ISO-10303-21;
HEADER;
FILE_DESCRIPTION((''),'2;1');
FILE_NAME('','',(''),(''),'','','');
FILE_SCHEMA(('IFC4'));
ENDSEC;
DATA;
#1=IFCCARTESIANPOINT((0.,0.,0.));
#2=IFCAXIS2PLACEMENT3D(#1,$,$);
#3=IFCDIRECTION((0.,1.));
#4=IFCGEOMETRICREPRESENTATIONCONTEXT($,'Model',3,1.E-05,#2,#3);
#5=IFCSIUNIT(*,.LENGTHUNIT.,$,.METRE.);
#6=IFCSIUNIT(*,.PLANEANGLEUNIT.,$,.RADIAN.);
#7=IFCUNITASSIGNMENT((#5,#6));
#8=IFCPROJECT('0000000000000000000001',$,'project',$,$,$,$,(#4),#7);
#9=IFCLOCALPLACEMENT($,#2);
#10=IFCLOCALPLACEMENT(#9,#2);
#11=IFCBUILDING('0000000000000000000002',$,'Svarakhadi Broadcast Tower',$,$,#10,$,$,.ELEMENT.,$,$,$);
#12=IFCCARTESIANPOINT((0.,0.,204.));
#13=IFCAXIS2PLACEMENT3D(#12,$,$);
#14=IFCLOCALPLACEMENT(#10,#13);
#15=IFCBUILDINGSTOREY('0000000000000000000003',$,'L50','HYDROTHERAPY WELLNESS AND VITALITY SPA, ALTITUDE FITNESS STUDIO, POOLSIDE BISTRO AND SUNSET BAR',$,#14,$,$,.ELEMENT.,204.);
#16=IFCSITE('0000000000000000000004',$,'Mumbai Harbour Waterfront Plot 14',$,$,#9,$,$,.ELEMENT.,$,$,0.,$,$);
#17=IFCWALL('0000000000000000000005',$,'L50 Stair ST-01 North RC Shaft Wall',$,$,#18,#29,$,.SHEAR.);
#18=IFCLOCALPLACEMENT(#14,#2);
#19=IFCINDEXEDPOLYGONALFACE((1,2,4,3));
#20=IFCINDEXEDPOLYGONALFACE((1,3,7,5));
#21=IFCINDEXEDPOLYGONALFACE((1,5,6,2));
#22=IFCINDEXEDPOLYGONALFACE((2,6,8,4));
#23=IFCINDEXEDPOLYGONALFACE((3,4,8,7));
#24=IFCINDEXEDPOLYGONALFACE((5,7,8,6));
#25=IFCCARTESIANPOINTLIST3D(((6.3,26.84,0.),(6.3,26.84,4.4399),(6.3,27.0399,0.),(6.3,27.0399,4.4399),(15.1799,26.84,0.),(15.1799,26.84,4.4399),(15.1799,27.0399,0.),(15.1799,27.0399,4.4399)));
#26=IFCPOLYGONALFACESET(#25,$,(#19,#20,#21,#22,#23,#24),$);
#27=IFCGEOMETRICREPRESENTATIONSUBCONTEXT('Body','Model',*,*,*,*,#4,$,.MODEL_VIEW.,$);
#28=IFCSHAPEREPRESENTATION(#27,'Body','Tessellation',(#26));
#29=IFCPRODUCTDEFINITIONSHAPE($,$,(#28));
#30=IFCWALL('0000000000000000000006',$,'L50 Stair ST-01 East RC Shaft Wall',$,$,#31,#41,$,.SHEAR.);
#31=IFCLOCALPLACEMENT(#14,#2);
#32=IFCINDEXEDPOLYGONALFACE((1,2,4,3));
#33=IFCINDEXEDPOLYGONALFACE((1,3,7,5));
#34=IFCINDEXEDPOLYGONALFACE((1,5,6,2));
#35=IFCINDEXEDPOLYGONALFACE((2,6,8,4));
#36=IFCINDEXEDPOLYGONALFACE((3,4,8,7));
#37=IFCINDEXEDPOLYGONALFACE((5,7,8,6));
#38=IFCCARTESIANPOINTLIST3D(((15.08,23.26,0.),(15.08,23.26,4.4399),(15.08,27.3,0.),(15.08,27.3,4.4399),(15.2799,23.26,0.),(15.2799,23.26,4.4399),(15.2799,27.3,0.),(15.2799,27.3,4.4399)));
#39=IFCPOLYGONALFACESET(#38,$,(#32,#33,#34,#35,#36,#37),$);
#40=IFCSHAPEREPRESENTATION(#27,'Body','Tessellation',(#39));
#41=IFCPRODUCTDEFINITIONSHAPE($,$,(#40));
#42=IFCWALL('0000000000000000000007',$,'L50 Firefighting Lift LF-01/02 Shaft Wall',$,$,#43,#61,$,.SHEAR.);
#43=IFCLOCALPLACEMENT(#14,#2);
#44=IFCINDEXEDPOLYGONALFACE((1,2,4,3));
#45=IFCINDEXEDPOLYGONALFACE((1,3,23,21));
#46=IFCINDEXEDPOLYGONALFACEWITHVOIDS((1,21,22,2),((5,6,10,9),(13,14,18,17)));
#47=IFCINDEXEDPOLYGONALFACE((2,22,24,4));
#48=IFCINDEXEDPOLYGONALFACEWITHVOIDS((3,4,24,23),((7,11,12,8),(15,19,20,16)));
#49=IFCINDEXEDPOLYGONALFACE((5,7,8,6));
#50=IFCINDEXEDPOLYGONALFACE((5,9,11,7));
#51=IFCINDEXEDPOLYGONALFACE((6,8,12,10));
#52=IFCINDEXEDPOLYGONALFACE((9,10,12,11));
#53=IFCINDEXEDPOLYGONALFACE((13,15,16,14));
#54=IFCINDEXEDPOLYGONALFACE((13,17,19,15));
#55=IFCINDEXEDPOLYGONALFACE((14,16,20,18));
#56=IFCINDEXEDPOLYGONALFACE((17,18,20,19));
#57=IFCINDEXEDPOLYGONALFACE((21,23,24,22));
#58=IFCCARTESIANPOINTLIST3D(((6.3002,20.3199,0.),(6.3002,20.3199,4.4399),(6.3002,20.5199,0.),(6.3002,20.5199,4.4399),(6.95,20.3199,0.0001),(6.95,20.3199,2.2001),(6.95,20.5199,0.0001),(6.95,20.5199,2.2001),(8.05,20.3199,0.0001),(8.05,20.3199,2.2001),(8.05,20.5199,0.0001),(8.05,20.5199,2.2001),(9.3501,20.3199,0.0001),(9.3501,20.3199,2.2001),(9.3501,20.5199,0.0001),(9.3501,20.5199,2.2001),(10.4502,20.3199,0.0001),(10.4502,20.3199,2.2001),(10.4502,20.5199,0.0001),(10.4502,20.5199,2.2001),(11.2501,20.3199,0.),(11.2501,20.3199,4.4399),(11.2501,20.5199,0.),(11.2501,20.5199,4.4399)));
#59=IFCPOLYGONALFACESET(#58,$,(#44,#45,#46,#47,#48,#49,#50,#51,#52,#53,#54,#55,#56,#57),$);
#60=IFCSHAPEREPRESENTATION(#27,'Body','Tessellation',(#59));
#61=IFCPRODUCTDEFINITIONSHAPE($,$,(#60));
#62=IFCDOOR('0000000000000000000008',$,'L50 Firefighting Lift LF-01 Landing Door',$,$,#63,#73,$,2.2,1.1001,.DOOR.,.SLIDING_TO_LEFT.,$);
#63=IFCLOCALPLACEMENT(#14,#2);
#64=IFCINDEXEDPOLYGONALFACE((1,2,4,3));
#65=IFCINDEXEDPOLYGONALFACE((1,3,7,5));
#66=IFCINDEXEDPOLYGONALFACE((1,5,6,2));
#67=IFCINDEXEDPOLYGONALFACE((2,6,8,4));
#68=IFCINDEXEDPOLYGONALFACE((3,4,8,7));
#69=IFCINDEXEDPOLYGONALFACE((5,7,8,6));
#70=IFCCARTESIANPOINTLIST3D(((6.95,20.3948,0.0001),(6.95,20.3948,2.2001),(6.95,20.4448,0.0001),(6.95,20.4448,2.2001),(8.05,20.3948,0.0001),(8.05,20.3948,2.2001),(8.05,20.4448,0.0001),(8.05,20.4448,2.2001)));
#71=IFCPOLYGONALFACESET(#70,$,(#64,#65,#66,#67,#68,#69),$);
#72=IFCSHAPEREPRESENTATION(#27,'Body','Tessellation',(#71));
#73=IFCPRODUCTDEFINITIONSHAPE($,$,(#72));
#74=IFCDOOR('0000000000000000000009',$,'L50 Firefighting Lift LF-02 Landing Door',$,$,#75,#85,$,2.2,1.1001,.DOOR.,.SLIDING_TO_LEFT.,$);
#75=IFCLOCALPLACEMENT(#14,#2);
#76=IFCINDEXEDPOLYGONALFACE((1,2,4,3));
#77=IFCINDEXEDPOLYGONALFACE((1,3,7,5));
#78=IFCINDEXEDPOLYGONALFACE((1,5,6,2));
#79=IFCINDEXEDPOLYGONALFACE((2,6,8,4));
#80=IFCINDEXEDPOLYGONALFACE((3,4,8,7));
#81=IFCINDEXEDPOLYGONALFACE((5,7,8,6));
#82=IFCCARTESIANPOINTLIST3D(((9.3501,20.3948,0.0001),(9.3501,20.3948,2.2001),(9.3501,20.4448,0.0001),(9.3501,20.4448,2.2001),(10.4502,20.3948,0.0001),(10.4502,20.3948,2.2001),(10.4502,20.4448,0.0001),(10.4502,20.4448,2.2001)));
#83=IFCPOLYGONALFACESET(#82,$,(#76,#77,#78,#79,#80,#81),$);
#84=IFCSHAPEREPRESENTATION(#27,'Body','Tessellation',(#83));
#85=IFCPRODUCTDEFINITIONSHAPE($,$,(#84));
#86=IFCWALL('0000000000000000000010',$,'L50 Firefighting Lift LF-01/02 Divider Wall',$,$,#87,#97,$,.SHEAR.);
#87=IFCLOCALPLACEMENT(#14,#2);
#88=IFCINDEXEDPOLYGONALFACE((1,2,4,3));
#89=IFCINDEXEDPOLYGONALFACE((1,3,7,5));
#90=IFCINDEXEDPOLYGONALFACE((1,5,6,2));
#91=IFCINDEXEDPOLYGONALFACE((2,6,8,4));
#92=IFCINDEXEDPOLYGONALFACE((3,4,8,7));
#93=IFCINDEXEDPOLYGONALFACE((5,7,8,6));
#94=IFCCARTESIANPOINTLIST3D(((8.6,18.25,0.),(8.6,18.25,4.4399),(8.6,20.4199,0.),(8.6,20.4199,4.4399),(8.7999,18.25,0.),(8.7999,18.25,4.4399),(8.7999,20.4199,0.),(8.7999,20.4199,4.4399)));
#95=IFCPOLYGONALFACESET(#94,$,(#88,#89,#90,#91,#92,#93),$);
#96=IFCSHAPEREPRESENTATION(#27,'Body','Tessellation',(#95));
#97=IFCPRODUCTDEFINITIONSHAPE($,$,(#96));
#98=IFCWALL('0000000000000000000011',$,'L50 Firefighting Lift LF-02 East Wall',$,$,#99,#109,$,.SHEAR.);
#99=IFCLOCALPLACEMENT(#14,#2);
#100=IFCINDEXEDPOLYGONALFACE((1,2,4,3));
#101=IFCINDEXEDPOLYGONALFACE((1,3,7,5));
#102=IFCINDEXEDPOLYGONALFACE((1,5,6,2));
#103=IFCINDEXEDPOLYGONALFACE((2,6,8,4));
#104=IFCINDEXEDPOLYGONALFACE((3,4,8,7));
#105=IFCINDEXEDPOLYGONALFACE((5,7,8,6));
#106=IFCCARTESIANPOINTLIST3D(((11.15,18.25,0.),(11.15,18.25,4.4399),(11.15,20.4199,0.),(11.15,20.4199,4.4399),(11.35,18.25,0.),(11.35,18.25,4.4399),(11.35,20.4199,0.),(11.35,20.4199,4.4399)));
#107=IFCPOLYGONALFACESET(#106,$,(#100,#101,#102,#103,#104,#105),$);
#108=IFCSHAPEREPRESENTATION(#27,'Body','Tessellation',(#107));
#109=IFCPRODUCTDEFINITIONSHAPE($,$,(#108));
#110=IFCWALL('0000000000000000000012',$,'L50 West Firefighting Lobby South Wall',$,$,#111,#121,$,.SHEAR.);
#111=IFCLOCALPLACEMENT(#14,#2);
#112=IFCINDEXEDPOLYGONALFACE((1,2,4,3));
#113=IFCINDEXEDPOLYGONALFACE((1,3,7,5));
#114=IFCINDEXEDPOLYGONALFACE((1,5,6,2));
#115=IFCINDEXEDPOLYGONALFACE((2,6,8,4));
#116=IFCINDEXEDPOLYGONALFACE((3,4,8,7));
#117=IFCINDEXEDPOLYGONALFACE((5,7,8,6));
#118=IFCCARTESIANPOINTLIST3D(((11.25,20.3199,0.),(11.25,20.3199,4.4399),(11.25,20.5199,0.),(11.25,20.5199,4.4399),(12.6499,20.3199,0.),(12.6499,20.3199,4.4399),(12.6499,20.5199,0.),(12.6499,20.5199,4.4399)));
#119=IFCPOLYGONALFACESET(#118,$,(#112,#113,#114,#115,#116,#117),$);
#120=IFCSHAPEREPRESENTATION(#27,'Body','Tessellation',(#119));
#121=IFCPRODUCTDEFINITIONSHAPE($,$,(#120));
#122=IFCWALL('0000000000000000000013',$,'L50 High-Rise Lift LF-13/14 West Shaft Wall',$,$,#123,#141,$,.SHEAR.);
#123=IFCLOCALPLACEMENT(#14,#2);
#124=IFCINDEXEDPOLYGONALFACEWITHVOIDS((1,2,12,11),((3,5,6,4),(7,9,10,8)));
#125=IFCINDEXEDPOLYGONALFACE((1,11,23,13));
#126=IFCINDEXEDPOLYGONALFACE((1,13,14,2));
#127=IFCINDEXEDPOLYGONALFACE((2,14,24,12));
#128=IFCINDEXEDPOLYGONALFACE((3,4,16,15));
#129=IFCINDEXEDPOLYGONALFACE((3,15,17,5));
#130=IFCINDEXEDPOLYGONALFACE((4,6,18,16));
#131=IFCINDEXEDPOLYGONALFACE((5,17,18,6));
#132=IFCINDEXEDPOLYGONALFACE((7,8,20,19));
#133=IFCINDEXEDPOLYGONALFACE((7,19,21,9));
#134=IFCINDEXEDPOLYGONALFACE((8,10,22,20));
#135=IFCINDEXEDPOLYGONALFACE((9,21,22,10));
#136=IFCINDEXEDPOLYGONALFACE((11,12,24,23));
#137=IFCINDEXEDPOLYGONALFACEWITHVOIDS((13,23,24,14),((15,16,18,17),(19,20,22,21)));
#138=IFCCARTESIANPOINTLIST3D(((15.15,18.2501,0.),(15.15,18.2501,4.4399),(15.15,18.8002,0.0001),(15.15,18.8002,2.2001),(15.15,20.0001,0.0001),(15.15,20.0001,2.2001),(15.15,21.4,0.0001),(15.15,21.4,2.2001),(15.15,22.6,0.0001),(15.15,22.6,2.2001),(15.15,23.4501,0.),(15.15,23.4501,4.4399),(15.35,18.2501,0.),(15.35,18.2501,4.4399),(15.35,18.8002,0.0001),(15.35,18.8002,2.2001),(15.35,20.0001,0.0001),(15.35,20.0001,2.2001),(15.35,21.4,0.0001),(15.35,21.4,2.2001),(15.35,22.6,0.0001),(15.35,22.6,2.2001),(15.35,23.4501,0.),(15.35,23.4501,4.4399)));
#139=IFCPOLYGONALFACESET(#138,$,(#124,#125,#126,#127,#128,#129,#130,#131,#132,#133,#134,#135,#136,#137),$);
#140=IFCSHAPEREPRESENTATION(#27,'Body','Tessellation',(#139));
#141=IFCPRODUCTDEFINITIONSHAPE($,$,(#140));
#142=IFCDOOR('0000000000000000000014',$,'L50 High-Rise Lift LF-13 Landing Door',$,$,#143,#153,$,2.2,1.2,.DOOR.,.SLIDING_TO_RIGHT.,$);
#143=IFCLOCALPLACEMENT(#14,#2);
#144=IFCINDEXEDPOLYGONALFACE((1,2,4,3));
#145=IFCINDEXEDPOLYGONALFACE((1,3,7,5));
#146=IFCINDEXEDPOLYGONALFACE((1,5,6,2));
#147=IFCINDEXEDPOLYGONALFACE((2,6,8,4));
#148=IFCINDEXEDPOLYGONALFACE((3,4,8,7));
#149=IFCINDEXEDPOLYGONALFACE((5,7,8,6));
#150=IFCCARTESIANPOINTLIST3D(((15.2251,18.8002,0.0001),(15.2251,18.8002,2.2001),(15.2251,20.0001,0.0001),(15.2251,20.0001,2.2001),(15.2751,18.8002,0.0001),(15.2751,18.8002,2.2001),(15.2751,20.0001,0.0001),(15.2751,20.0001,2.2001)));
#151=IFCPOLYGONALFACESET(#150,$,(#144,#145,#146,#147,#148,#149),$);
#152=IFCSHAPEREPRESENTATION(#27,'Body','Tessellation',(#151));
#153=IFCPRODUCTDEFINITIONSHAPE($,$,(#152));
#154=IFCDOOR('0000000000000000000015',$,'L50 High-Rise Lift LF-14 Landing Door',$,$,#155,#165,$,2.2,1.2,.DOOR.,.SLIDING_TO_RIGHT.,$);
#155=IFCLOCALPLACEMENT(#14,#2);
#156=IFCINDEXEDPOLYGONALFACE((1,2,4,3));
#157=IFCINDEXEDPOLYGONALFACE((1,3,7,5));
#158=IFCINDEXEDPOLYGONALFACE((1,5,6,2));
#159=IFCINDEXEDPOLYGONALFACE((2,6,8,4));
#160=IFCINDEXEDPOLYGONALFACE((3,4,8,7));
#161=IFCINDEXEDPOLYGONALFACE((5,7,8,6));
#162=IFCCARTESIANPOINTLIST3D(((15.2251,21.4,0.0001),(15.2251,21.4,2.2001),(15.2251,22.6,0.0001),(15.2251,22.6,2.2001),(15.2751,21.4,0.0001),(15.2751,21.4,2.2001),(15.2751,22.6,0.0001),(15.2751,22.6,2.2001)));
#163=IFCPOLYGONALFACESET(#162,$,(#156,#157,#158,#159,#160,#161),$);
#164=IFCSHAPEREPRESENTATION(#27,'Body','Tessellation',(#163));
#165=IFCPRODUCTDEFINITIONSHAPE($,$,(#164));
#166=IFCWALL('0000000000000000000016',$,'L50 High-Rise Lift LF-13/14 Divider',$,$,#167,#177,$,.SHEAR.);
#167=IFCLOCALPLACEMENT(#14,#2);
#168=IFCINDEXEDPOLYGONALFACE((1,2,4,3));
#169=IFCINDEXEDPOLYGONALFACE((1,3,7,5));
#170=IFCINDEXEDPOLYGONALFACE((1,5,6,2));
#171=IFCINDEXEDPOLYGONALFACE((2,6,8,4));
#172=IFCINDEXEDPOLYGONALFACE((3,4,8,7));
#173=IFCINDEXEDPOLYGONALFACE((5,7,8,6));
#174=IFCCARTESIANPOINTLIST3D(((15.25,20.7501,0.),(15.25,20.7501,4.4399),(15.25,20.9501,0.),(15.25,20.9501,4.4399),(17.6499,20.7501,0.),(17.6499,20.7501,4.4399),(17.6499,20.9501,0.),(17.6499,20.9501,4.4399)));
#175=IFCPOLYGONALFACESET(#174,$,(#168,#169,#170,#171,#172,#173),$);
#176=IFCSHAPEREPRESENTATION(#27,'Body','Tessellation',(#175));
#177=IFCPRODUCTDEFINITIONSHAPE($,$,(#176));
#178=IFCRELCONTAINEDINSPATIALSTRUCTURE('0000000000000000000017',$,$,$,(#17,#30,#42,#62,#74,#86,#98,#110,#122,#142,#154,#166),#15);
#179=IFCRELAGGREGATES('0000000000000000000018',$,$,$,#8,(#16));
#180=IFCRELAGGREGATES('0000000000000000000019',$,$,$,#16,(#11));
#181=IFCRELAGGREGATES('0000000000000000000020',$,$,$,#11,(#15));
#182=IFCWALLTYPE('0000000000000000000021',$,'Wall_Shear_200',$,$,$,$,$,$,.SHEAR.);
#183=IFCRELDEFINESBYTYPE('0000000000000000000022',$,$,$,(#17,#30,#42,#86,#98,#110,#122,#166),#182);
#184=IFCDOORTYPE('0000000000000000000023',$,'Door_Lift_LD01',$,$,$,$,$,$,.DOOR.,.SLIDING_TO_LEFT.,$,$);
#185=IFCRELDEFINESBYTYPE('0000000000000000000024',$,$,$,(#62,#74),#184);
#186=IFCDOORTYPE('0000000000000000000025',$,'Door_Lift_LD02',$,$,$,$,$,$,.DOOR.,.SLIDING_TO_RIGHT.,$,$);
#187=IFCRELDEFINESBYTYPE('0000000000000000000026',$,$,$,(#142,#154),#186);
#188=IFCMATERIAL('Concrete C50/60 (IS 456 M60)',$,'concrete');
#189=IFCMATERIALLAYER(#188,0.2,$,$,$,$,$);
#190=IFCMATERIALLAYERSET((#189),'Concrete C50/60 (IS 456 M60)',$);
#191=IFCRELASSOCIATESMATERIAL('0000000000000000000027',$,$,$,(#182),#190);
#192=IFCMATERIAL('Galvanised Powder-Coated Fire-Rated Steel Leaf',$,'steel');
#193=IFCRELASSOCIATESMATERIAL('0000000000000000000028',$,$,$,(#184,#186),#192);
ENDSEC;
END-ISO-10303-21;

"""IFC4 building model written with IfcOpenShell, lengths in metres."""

from ifc_helpers import new_model, si_unit, direction, frame, frame_2d, origin, place, context, subcontext, project, spatial, rectangle, extrude, material, layer, layer_set, type_object, element, fill, save


model = new_model("IFC4")

# Units and contexts
model_context = context("Model", 3, precision=1e-05, world=origin(), true_north=direction((0.0, 1.0)))
body_context = subcontext(model_context, "Body", "Model", "MODEL_VIEW")
ifc_project = project(units=[si_unit("LENGTHUNIT", "METRE"), si_unit("PLANEANGLEUNIT", "RADIAN")], contexts=[model_context])

# Site, building, storey
site_placement = place(None, origin())
site = spatial("IfcSite", under=ifc_project, at=site_placement, Name="Mumbai Harbour Waterfront Plot 14", CompositionType="ELEMENT", RefElevation=0.0)
building_placement = place(site_placement, origin())
building = spatial("IfcBuilding", under=site, at=building_placement, Name="Svarakhadi Broadcast Tower", CompositionType="ELEMENT")
storey_placement = place(building_placement, frame((0.0, 0.0, 204.0)))
storey = spatial("IfcBuildingStorey", under=building, at=storey_placement, Name="L50", Description="HYDROTHERAPY WELLNESS AND VITALITY SPA, ALTITUDE FITNESS STUDIO, POOLSIDE BISTRO AND SUNSET BAR", CompositionType="ELEMENT", Elevation=204.0)

# Shared definitions
ifc_material_1 = material(Name="Concrete C50/60 (IS 456 M60)", Category="concrete")

# Shared definitions
ifc_layer_1 = layer(ifc_material_1, 0.2)
ifc_layer_set_1 = layer_set([ifc_layer_1], Name="Concrete C50/60 (IS 456 M60)")
wall_type_1 = type_object("IfcWallType", Name="Wall_Shear_200", PredefinedType="SHEAR", material=ifc_layer_set_1)
ifc_material_2 = material(Name="Galvanised Powder-Coated Fire-Rated Steel Leaf", Category="steel")

# Walls
wall_1_placement = place(storey_placement, frame((6.3, 26.9399, 0.0), z_axis=(0.0, 0.0, 1.0), x_axis=(1.0, 0.0, 0.0)))
element("IfcWall", 1, at=wall_1_placement, inside=storey, type_object=wall_type_1, Name="L50 Stair ST-01 North RC Shaft Wall", PredefinedType="SHEAR", context=body_context, shape_type="SweptSolid", body=[
    extrude(rectangle(XDim=8.8799, YDim=0.2, at=frame_2d((4.4399, 0.0))), origin(), (0.0, 0.0, 1.0), 4.4399),
])
wall_2_placement = place(storey_placement, frame((15.1799, 23.26, 0.0), z_axis=(0.0, 0.0, 1.0), x_axis=(0.0, 1.0, 0.0)))
element("IfcWall", 2, at=wall_2_placement, inside=storey, type_object=wall_type_1, Name="L50 Stair ST-01 East RC Shaft Wall", PredefinedType="SHEAR", context=body_context, shape_type="SweptSolid", body=[
    extrude(rectangle(XDim=4.04, YDim=0.2, at=frame_2d((2.02, 0.0))), origin(), (0.0, 0.0, 1.0), 4.4399),
])

# Wall, openings, doors
wall_3_placement = place(storey_placement, frame((6.3, 20.4199, 0.0), z_axis=(0.0, 0.0, 1.0), x_axis=(1.0, 0.0, 0.0)))
wall_3 = element("IfcWall", 3, at=wall_3_placement, inside=storey, type_object=wall_type_1, Name="L50 Firefighting Lift LF-01/02 Shaft Wall", PredefinedType="SHEAR", context=body_context, shape_type="SweptSolid", body=[
    extrude(rectangle(XDim=4.95, YDim=0.2, at=frame_2d((2.4751, 0.0))), origin(), (0.0, 0.0, 1.0), 4.4399),
])
opening_1_placement = place(wall_3_placement, frame((0.6499, 0.0, 0.0)))
opening_1 = element("IfcOpeningElement", 4, at=opening_1_placement, cuts=wall_3, PredefinedType="OPENING", context=body_context, shape_type="SweptSolid", body=[
    extrude(rectangle(XDim=1.1001, YDim=2.2, at=frame_2d((0.55, 1.1001))), frame((0.0, 0.1099, 0.0), z_axis=(0.0, -1.0, 0.0), x_axis=(1.0, 0.0, 0.0)), (0.0, 0.0, 1.0), 0.22),
])
opening_2_placement = place(wall_3_placement, frame((3.05, 0.0, 0.0)))
opening_2 = element("IfcOpeningElement", 5, at=opening_2_placement, cuts=wall_3, PredefinedType="OPENING", context=body_context, shape_type="SweptSolid", body=[
    extrude(rectangle(XDim=1.1001, YDim=2.2, at=frame_2d((0.55, 1.1001))), frame((0.0, 0.1099, 0.0), z_axis=(0.0, -1.0, 0.0), x_axis=(1.0, 0.0, 0.0)), (0.0, 0.0, 1.0), 0.22),
])
door_type_1 = type_object("IfcDoorType", Name="Door_Lift_LD01", OperationType="SLIDING_TO_LEFT", PredefinedType="DOOR", material=ifc_material_2)
door_1_placement = place(opening_1_placement, origin())
door_1 = element("IfcDoor", 6, at=door_1_placement, inside=storey, type_object=door_type_1, Name="L50 Firefighting Lift LF-01 Landing Door", OperationType="SLIDING_TO_LEFT", OverallHeight=2.2, OverallWidth=1.1001, PredefinedType="DOOR", context=body_context, shape_type="SweptSolid", body=[
    extrude(rectangle(XDim=1.1001, YDim=2.2, at=frame_2d((0.55, 1.1001))), frame((0.0, 0.0249, 0.0), z_axis=(0.0, -1.0, 0.0), x_axis=(1.0, 0.0, 0.0)), (0.0, 0.0, 1.0), 0.05),
])
fill(opening_1, door_1)
door_2_placement = place(opening_2_placement, origin())
door_2 = element("IfcDoor", 7, at=door_2_placement, inside=storey, type_object=door_type_1, Name="L50 Firefighting Lift LF-02 Landing Door", OperationType="SLIDING_TO_LEFT", OverallHeight=2.2, OverallWidth=1.1001, PredefinedType="DOOR", context=body_context, shape_type="SweptSolid", body=[
    extrude(rectangle(XDim=1.1001, YDim=2.2, at=frame_2d((0.55, 1.1001))), frame((0.0, 0.0249, 0.0), z_axis=(0.0, -1.0, 0.0), x_axis=(1.0, 0.0, 0.0)), (0.0, 0.0, 1.0), 0.05),
])
fill(opening_2, door_2)

# Walls
for number, where, z_axis, x_axis, name in (
    (8, (8.7, 18.25, 0.0), (0.0, 0.0, 1.0), (0.0, 1.0, 0.0), "L50 Firefighting Lift LF-01/02 Divider Wall"),
    (9, (11.25, 18.25, 0.0), (0.0, 0.0, 1.0), (0.0, 1.0, 0.0), "L50 Firefighting Lift LF-02 East Wall"),
):
    element("IfcWall", number, at=place(storey_placement, frame(where, z_axis=z_axis, x_axis=x_axis)), inside=storey, type_object=wall_type_1, Name=name, PredefinedType="SHEAR", context=body_context, shape_type="SweptSolid", body=[
        extrude(rectangle(XDim=2.1699, YDim=0.2, at=frame_2d((1.085, 0.0))), origin(), (0.0, 0.0, 1.0), 4.4399),
    ])
wall_4_placement = place(storey_placement, frame((11.25, 20.4199, 0.0), z_axis=(0.0, 0.0, 1.0), x_axis=(1.0, 0.0, 0.0)))
element("IfcWall", 10, at=wall_4_placement, inside=storey, type_object=wall_type_1, Name="L50 West Firefighting Lobby South Wall", PredefinedType="SHEAR", context=body_context, shape_type="SweptSolid", body=[
    extrude(rectangle(XDim=1.3999, YDim=0.2, at=frame_2d((0.7, 0.0))), origin(), (0.0, 0.0, 1.0), 4.4399),
])

# Wall, openings, doors
wall_5_placement = place(storey_placement, frame((15.25, 18.25, 0.0), z_axis=(0.0, 0.0, 1.0), x_axis=(0.0, 1.0, 0.0)))
wall_5 = element("IfcWall", 11, at=wall_5_placement, inside=storey, type_object=wall_type_1, Name="L50 High-Rise Lift LF-13/14 West Shaft Wall", PredefinedType="SHEAR", context=body_context, shape_type="SweptSolid", body=[
    extrude(rectangle(XDim=5.2, YDim=0.2, at=frame_2d((2.6001, 0.0))), origin(), (0.0, 0.0, 1.0), 4.4399),
])
opening_3_placement = place(wall_5_placement, frame((0.55, 0.0, 0.0)))
opening_3 = element("IfcOpeningElement", 12, at=opening_3_placement, cuts=wall_5, PredefinedType="OPENING", context=body_context, shape_type="SweptSolid", body=[
    extrude(rectangle(XDim=1.2, YDim=2.2, at=frame_2d((0.6001, 1.1001))), frame((0.0, 0.1099, 0.0), z_axis=(0.0, -1.0, 0.0), x_axis=(1.0, 0.0, 0.0)), (0.0, 0.0, 1.0), 0.22),
])
opening_4_placement = place(wall_5_placement, frame((3.1499, 0.0, 0.0)))
opening_4 = element("IfcOpeningElement", 13, at=opening_4_placement, cuts=wall_5, PredefinedType="OPENING", context=body_context, shape_type="SweptSolid", body=[
    extrude(rectangle(XDim=1.2, YDim=2.2, at=frame_2d((0.6001, 1.1001))), frame((0.0, 0.1099, 0.0), z_axis=(0.0, -1.0, 0.0), x_axis=(1.0, 0.0, 0.0)), (0.0, 0.0, 1.0), 0.22),
])
door_type_2 = type_object("IfcDoorType", Name="Door_Lift_LD02", OperationType="SLIDING_TO_RIGHT", PredefinedType="DOOR", material=ifc_material_2)
door_3_placement = place(opening_3_placement, origin())
door_3 = element("IfcDoor", 14, at=door_3_placement, inside=storey, type_object=door_type_2, Name="L50 High-Rise Lift LF-13 Landing Door", OperationType="SLIDING_TO_RIGHT", OverallHeight=2.2, OverallWidth=1.2, PredefinedType="DOOR", context=body_context, shape_type="SweptSolid", body=[
    extrude(rectangle(XDim=1.2, YDim=2.2, at=frame_2d((0.6001, 1.1001))), frame((0.0, 0.0249, 0.0), z_axis=(0.0, -1.0, 0.0), x_axis=(1.0, 0.0, 0.0)), (0.0, 0.0, 1.0), 0.05),
])
fill(opening_3, door_3)
door_4_placement = place(opening_4_placement, origin())
door_4 = element("IfcDoor", 15, at=door_4_placement, inside=storey, type_object=door_type_2, Name="L50 High-Rise Lift LF-14 Landing Door", OperationType="SLIDING_TO_RIGHT", OverallHeight=2.2, OverallWidth=1.2, PredefinedType="DOOR", context=body_context, shape_type="SweptSolid", body=[
    extrude(rectangle(XDim=1.2, YDim=2.2, at=frame_2d((0.6001, 1.1001))), frame((0.0, 0.0249, 0.0), z_axis=(0.0, -1.0, 0.0), x_axis=(1.0, 0.0, 0.0)), (0.0, 0.0, 1.0), 0.05),
])
fill(opening_4, door_4)

# Wall
wall_6_placement = place(storey_placement, frame((15.25, 20.8501, 0.0), z_axis=(0.0, 0.0, 1.0), x_axis=(1.0, 0.0, 0.0)))
element("IfcWall", 16, at=wall_6_placement, inside=storey, type_object=wall_type_1, Name="L50 High-Rise Lift LF-13/14 Divider", PredefinedType="SHEAR", context=body_context, shape_type="SweptSolid", body=[
    extrude(rectangle(XDim=2.3999, YDim=0.2, at=frame_2d((1.2, 0.0))), origin(), (0.0, 0.0, 1.0), 4.4399),
])

save(model, "model.ifc")
